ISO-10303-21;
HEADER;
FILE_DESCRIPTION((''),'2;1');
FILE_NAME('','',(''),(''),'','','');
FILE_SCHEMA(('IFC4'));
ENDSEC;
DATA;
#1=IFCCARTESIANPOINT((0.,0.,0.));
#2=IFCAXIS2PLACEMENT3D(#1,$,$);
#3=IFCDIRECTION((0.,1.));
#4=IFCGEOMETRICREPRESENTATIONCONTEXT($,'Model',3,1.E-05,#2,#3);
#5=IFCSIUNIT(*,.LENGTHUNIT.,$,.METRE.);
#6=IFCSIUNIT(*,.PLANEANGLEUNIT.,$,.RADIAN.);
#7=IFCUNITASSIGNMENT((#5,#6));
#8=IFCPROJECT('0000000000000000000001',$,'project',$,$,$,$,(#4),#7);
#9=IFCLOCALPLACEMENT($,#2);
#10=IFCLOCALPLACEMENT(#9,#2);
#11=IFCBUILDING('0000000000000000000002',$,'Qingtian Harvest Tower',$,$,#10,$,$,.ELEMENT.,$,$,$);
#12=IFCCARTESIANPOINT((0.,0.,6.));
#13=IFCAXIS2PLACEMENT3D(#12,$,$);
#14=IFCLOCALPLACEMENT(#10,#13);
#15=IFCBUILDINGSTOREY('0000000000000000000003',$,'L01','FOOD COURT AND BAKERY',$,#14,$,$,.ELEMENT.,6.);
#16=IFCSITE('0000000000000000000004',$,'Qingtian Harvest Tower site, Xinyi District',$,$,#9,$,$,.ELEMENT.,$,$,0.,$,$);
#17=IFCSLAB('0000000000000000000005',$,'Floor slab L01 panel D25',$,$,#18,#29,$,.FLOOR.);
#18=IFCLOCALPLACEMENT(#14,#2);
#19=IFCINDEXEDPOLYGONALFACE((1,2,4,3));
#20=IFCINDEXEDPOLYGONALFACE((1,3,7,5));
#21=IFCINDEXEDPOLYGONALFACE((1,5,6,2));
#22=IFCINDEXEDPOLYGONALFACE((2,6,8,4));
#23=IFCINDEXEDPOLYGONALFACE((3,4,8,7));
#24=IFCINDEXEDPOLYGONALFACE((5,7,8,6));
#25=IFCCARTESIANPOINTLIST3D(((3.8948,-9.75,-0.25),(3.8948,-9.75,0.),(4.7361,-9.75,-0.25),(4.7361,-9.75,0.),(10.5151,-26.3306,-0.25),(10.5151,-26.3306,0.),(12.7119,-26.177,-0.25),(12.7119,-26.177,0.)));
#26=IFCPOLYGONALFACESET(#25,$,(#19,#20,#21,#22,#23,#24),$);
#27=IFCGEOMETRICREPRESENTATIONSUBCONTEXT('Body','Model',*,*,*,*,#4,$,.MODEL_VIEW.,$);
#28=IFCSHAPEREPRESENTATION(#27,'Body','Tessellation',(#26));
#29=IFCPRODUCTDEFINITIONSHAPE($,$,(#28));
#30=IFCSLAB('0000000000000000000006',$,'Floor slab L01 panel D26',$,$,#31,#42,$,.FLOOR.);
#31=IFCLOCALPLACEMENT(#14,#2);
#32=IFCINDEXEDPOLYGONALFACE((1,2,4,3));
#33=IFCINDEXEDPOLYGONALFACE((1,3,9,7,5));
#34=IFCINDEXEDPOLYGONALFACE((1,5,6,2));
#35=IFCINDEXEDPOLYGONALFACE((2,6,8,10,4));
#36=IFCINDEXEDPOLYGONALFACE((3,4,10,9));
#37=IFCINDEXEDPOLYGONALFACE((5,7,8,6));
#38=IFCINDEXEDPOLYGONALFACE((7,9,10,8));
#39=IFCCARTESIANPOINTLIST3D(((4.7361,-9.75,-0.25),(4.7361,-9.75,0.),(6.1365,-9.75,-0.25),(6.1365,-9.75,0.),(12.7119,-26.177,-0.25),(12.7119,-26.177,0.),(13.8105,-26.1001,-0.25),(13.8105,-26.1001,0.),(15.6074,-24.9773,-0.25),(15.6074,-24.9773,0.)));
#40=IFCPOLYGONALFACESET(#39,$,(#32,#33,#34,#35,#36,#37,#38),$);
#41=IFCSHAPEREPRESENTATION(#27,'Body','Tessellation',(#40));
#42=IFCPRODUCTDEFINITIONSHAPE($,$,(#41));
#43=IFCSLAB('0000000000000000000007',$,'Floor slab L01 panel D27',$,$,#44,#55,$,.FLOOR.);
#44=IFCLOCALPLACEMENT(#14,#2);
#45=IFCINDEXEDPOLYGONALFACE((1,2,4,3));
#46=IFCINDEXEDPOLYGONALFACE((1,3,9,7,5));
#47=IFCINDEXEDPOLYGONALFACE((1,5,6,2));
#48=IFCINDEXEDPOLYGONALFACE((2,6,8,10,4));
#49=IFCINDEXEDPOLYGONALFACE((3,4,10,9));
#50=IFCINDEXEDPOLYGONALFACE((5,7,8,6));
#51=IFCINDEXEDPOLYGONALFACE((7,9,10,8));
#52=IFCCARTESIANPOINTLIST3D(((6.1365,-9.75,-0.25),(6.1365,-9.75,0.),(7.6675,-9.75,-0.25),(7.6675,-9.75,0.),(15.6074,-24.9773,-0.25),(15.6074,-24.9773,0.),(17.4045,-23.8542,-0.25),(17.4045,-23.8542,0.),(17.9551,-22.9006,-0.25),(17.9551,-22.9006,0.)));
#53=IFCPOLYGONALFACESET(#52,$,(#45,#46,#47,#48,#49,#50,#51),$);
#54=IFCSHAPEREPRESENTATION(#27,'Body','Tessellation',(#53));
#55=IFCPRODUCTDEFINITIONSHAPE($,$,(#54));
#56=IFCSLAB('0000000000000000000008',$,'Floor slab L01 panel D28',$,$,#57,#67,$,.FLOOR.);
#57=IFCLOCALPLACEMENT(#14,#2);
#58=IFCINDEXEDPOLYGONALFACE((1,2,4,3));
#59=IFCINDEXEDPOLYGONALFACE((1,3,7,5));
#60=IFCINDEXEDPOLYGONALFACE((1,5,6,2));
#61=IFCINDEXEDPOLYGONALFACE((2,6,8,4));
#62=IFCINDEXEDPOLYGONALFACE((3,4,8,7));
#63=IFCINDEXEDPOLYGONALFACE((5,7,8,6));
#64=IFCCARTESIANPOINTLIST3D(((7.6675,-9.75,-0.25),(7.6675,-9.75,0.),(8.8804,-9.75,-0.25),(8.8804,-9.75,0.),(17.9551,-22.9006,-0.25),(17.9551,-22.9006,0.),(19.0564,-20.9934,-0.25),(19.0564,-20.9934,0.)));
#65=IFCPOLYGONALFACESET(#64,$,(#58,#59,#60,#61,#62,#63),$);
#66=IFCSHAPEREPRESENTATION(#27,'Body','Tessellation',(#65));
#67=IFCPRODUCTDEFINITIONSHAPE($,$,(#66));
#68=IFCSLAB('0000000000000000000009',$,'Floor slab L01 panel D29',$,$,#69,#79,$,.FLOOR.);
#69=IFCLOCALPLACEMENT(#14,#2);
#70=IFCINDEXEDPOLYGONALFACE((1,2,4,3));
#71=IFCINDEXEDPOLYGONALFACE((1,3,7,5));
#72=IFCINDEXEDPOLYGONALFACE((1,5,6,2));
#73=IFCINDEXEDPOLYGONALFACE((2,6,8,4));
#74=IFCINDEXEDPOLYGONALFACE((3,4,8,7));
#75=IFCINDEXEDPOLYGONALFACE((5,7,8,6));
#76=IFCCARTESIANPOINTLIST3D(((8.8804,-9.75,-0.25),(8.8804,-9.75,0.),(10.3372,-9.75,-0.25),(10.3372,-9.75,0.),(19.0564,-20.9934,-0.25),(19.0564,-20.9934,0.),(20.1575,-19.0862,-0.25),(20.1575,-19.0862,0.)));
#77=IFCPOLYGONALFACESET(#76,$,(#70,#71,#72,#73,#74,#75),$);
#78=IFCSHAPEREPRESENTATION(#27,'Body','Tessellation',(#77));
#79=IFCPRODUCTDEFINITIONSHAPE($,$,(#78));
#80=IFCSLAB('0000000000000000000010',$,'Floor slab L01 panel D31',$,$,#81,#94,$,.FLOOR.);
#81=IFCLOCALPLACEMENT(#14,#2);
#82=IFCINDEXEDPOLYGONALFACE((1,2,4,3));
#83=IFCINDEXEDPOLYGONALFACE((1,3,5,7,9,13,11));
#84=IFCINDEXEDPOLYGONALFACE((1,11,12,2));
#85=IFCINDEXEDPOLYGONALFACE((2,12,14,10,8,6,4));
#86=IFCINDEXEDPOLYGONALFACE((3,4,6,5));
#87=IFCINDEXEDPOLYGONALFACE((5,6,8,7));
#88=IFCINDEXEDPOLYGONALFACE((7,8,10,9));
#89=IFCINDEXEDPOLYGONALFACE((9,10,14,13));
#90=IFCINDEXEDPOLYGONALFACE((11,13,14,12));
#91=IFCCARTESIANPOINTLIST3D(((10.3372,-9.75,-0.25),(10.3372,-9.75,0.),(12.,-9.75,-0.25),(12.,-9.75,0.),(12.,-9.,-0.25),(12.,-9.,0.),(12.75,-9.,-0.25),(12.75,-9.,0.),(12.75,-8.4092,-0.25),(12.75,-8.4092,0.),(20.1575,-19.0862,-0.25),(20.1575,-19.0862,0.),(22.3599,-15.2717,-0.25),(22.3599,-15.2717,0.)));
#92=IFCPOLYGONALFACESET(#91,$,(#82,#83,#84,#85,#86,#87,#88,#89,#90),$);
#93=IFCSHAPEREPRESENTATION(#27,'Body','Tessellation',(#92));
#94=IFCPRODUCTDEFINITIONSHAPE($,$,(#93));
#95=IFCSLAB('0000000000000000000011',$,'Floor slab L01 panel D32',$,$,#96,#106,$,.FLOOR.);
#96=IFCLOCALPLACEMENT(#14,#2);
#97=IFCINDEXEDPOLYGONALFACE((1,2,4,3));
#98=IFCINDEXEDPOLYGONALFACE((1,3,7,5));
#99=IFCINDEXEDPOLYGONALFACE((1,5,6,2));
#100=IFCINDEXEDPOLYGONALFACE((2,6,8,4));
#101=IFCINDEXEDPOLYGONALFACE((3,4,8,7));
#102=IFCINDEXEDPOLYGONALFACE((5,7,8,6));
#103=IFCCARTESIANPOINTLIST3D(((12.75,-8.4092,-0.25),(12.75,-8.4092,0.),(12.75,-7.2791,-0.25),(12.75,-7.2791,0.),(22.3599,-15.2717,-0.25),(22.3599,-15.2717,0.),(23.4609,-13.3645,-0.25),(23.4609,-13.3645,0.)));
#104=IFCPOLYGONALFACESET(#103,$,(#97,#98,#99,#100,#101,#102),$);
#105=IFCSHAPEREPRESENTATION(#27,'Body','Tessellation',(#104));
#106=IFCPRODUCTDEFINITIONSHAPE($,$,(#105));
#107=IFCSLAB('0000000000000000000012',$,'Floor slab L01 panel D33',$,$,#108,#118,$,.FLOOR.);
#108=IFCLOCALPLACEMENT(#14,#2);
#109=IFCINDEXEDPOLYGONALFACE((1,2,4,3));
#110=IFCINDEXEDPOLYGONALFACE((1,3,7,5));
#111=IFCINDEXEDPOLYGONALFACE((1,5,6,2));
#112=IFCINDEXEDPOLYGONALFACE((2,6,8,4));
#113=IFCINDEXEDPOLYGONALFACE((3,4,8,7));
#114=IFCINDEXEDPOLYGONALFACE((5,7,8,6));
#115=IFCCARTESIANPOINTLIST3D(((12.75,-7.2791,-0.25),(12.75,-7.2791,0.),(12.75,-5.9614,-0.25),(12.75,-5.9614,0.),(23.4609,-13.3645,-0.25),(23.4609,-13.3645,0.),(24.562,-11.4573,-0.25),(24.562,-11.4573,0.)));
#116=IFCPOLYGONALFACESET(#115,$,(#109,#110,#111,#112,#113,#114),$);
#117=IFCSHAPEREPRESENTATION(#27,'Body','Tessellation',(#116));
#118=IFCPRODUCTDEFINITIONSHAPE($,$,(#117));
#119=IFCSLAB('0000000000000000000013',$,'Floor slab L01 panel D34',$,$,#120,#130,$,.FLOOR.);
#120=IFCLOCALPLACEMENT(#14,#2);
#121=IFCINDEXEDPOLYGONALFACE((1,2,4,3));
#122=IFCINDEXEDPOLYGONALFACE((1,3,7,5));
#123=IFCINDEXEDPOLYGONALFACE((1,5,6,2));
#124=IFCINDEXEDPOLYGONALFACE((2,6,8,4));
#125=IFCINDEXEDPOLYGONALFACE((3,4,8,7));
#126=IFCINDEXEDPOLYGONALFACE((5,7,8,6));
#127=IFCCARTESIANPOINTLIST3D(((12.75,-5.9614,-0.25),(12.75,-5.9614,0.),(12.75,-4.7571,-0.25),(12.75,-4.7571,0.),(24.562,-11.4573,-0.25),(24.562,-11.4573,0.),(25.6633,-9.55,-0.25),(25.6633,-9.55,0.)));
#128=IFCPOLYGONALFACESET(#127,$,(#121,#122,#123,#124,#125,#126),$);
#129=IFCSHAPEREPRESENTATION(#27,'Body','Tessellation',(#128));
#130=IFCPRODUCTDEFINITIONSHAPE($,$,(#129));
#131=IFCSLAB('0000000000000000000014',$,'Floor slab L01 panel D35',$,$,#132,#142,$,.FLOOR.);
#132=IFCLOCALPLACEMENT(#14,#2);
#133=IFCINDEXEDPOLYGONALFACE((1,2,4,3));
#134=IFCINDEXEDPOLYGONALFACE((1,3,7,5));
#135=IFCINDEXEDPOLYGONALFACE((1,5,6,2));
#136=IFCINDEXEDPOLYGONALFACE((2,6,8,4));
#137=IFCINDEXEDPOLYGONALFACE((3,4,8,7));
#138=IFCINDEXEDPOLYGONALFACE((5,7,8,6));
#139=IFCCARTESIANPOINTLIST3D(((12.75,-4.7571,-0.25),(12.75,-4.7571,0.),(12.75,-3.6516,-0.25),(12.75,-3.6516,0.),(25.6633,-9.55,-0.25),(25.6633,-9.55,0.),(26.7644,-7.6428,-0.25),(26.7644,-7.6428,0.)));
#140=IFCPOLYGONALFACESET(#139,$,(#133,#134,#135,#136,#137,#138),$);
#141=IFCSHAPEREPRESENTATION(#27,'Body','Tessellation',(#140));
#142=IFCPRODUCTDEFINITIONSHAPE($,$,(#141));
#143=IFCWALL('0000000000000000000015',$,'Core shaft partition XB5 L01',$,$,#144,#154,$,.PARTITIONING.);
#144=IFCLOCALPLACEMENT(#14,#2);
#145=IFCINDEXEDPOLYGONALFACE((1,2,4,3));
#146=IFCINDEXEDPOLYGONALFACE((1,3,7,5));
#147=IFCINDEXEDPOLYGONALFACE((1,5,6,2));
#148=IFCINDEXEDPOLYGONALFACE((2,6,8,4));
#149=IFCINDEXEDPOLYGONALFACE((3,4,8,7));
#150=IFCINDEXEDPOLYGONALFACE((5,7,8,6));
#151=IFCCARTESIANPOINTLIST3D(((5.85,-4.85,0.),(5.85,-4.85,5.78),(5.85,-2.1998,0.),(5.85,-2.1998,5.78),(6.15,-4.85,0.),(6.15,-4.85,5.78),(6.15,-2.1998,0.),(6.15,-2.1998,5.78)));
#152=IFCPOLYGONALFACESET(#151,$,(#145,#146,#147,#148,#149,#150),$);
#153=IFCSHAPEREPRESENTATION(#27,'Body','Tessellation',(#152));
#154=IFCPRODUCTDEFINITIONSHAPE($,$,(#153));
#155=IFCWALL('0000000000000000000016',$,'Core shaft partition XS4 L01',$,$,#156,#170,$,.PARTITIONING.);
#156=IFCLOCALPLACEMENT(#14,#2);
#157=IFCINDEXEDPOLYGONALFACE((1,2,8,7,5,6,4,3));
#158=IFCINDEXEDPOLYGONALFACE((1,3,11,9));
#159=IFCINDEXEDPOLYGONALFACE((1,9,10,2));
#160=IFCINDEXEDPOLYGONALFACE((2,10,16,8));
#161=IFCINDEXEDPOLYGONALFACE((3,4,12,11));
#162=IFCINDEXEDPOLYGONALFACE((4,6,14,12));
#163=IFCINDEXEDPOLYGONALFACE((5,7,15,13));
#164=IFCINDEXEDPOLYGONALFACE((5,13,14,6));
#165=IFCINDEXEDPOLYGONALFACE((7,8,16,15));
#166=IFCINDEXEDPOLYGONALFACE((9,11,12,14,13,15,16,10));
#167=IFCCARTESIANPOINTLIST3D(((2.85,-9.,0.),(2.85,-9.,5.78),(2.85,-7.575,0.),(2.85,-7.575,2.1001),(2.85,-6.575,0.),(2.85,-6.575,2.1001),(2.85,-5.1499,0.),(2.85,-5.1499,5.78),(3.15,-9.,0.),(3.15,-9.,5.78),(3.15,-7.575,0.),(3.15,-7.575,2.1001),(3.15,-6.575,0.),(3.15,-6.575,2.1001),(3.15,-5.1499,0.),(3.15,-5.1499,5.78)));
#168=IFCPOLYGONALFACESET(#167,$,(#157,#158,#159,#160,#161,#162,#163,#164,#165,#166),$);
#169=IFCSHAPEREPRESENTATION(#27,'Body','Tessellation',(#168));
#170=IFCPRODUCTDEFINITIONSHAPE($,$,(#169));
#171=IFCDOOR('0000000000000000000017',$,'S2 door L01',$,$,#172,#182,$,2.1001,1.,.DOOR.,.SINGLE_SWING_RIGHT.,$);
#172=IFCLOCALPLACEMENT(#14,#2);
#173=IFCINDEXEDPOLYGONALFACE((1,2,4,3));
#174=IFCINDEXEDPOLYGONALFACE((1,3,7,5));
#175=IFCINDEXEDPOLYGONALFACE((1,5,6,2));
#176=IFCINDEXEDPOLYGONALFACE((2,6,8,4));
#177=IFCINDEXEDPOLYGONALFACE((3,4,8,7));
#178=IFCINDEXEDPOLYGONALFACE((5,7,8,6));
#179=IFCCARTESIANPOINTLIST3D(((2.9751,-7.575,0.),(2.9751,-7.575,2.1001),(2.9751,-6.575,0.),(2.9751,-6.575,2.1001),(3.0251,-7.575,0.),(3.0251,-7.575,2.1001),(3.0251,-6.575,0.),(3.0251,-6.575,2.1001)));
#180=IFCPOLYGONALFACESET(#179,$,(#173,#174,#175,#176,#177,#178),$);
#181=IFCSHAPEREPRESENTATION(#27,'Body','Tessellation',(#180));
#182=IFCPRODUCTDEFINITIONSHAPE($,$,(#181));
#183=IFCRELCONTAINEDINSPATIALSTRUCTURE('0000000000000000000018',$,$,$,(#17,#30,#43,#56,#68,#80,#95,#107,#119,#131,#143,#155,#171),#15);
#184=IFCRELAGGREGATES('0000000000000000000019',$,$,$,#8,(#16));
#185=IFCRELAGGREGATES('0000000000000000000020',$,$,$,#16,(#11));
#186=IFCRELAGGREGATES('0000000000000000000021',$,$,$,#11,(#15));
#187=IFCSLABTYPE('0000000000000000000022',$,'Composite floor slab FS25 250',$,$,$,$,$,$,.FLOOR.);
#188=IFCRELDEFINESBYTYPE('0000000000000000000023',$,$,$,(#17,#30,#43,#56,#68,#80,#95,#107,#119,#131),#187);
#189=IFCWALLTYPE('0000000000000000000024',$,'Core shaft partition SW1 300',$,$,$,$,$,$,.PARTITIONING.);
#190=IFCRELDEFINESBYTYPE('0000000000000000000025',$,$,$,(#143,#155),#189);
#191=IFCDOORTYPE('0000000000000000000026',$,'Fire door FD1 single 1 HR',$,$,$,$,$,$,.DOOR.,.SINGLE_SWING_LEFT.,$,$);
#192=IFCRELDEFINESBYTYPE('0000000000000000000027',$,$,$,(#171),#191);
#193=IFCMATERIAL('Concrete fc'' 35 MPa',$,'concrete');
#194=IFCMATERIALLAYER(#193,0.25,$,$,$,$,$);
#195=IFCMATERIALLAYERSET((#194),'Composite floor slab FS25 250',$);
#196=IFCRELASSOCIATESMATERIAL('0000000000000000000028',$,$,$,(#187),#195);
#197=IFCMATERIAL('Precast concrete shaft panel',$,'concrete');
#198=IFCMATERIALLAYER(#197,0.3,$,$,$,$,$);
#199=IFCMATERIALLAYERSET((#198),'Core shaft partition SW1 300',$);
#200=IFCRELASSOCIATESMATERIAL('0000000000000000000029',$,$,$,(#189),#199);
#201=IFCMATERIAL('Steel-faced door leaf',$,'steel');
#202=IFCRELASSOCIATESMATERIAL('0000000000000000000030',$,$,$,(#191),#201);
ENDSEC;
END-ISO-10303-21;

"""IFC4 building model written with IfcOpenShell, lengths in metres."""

from ifc_helpers import new_model, si_unit, direction, frame, frame_2d, origin, place, context, subcontext, project, spatial, polyline, rectangle, outline, extrude, material, layer, layer_set, type_object, element, fill, save


model = new_model("IFC4")

# Units and contexts
model_context = context("Model", 3, precision=1e-05, world=origin(), true_north=direction((0.0, 1.0)))
body_context = subcontext(model_context, "Body", "Model", "MODEL_VIEW")
ifc_project = project(units=[si_unit("LENGTHUNIT", "METRE"), si_unit("PLANEANGLEUNIT", "RADIAN")], contexts=[model_context])

# Site, building, storey
site_placement = place(None, origin())
site = spatial("IfcSite", under=ifc_project, at=site_placement, Name="Qingtian Harvest Tower site, Xinyi District", CompositionType="ELEMENT", RefElevation=0.0)
building_placement = place(site_placement, origin())
building = spatial("IfcBuilding", under=site, at=building_placement, Name="Qingtian Harvest Tower", CompositionType="ELEMENT")
storey_placement = place(building_placement, frame((0.0, 0.0, 6.0)))
storey = spatial("IfcBuildingStorey", under=building, at=storey_placement, Name="L01", Description="FOOD COURT AND BAKERY", CompositionType="ELEMENT", Elevation=6.0)

# Slabs
ifc_material_1 = material(Name="Concrete fc' 35 MPa", Category="concrete")
ifc_layer_1 = layer(ifc_material_1, 0.25)
ifc_layer_set_1 = layer_set([ifc_layer_1], Name="Composite floor slab FS25 250")
slab_type = type_object("IfcSlabType", Name="Composite floor slab FS25 250", PredefinedType="FLOOR", material=ifc_layer_set_1)
slab_1_placement = place(storey_placement, frame((0.0, 0.0, -0.25)))
element("IfcSlab", 1, at=slab_1_placement, inside=storey, type_object=slab_type, Name="Floor slab L01 panel D25", PredefinedType="FLOOR", context=body_context, shape_type="SweptSolid", body=[
    extrude(outline(polyline([(4.7361, -9.75), (12.7119, -26.177), (10.5151, -26.3306), (3.8948, -9.75), (4.7361, -9.75)])), origin(), (0.0, 0.0, 1.0), 0.25),
])
slab_2_placement = place(storey_placement, frame((0.0, 0.0, -0.25)))
element("IfcSlab", 2, at=slab_2_placement, inside=storey, type_object=slab_type, Name="Floor slab L01 panel D26", PredefinedType="FLOOR", context=body_context, shape_type="SweptSolid", body=[
    extrude(outline(polyline([(4.7361, -9.75), (6.1365, -9.75), (15.6074, -24.9773), (13.8105, -26.1001), (12.7119, -26.177), (4.7361, -9.75)])), origin(), (0.0, 0.0, 1.0), 0.25),
])
slab_3_placement = place(storey_placement, frame((0.0, 0.0, -0.25)))
element("IfcSlab", 3, at=slab_3_placement, inside=storey, type_object=slab_type, Name="Floor slab L01 panel D27", PredefinedType="FLOOR", context=body_context, shape_type="SweptSolid", body=[
    extrude(outline(polyline([(6.1365, -9.75), (7.6675, -9.75), (17.9551, -22.9006), (17.4045, -23.8542), (15.6074, -24.9773), (6.1365, -9.75)])), origin(), (0.0, 0.0, 1.0), 0.25),
])
slab_4_placement = place(storey_placement, frame((0.0, 0.0, -0.25)))
element("IfcSlab", 4, at=slab_4_placement, inside=storey, type_object=slab_type, Name="Floor slab L01 panel D28", PredefinedType="FLOOR", context=body_context, shape_type="SweptSolid", body=[
    extrude(outline(polyline([(8.8804, -9.75), (19.0564, -20.9934), (17.9551, -22.9006), (7.6675, -9.75), (8.8804, -9.75)])), origin(), (0.0, 0.0, 1.0), 0.25),
])
slab_5_placement = place(storey_placement, frame((0.0, 0.0, -0.25)))
element("IfcSlab", 5, at=slab_5_placement, inside=storey, type_object=slab_type, Name="Floor slab L01 panel D29", PredefinedType="FLOOR", context=body_context, shape_type="SweptSolid", body=[
    extrude(outline(polyline([(10.3372, -9.75), (20.1575, -19.0862), (19.0564, -20.9934), (8.8804, -9.75), (10.3372, -9.75)])), origin(), (0.0, 0.0, 1.0), 0.25),
])
slab_6_placement = place(storey_placement, frame((0.0, 0.0, -0.25)))
element("IfcSlab", 6, at=slab_6_placement, inside=storey, type_object=slab_type, Name="Floor slab L01 panel D31", PredefinedType="FLOOR", context=body_context, shape_type="SweptSolid", body=[
    extrude(outline(polyline([(12.75, -8.4092), (22.3599, -15.2717), (20.1575, -19.0862), (10.3372, -9.75), (12.0, -9.75), (12.0, -9.0), (12.75, -9.0), (12.75, -8.4092)])), origin(), (0.0, 0.0, 1.0), 0.25),
])
slab_7_placement = place(storey_placement, frame((0.0, 0.0, -0.25)))
element("IfcSlab", 7, at=slab_7_placement, inside=storey, type_object=slab_type, Name="Floor slab L01 panel D32", PredefinedType="FLOOR", context=body_context, shape_type="SweptSolid", body=[
    extrude(outline(polyline([(12.75, -7.2791), (23.4609, -13.3645), (22.3599, -15.2717), (12.75, -8.4092), (12.75, -7.2791)])), origin(), (0.0, 0.0, 1.0), 0.25),
])
slab_8_placement = place(storey_placement, frame((0.0, 0.0, -0.25)))
element("IfcSlab", 8, at=slab_8_placement, inside=storey, type_object=slab_type, Name="Floor slab L01 panel D33", PredefinedType="FLOOR", context=body_context, shape_type="SweptSolid", body=[
    extrude(outline(polyline([(12.75, -5.9614), (24.562, -11.4573), (23.4609, -13.3645), (12.75, -7.2791), (12.75, -5.9614)])), origin(), (0.0, 0.0, 1.0), 0.25),
])
slab_9_placement = place(storey_placement, frame((0.0, 0.0, -0.25)))
element("IfcSlab", 9, at=slab_9_placement, inside=storey, type_object=slab_type, Name="Floor slab L01 panel D34", PredefinedType="FLOOR", context=body_context, shape_type="SweptSolid", body=[
    extrude(outline(polyline([(12.75, -4.7571), (25.6633, -9.55), (24.562, -11.4573), (12.75, -5.9614), (12.75, -4.7571)])), origin(), (0.0, 0.0, 1.0), 0.25),
])
slab_10_placement = place(storey_placement, frame((0.0, 0.0, -0.25)))
element("IfcSlab", 10, at=slab_10_placement, inside=storey, type_object=slab_type, Name="Floor slab L01 panel D35", PredefinedType="FLOOR", context=body_context, shape_type="SweptSolid", body=[
    extrude(outline(polyline([(12.75, -3.6516), (26.7644, -7.6428), (25.6633, -9.55), (12.75, -4.7571), (12.75, -3.6516)])), origin(), (0.0, 0.0, 1.0), 0.25),
])

# Wall
ifc_material_2 = material(Name="Precast concrete shaft panel", Category="concrete")
ifc_layer_2 = layer(ifc_material_2, 0.3)
ifc_layer_set_2 = layer_set([ifc_layer_2], Name="Core shaft partition SW1 300")
wall_type_1 = type_object("IfcWallType", Name="Core shaft partition SW1 300", PredefinedType="PARTITIONING", material=ifc_layer_set_2)
wall_1_placement = place(storey_placement, frame((6.0, -4.8501, 0.0), z_axis=(0.0, 0.0, 1.0), x_axis=(0.0, 1.0, 0.0)))
element("IfcWall", 11, at=wall_1_placement, inside=storey, type_object=wall_type_1, Name="Core shaft partition XB5 L01", PredefinedType="PARTITIONING", context=body_context, shape_type="SweptSolid", body=[
    extrude(rectangle(XDim=2.6501, YDim=0.3, at=frame_2d((1.3252, 0.0))), origin(), (0.0, 0.0, 1.0), 5.78),
])

# Wall, opening, door
wall_2_placement = place(storey_placement, frame((3.0, -9.0, 0.0), z_axis=(0.0, 0.0, 1.0), x_axis=(0.0, 1.0, 0.0)))
wall_2 = element("IfcWall", 12, at=wall_2_placement, inside=storey, type_object=wall_type_1, Name="Core shaft partition XS4 L01", PredefinedType="PARTITIONING", context=body_context, shape_type="SweptSolid", body=[
    extrude(rectangle(XDim=3.8501, YDim=0.3, at=frame_2d((1.925, 0.0))), origin(), (0.0, 0.0, 1.0), 5.78),
])
opening_1_placement = place(wall_2_placement, frame((1.425, 0.0, 0.0)))
opening_1 = element("IfcOpeningElement", 13, at=opening_1_placement, cuts=wall_2, PredefinedType="OPENING", context=body_context, shape_type="SweptSolid", body=[
    extrude(rectangle(XDim=1.0, YDim=2.1001, at=frame_2d((0.5, 1.05))), frame((0.0, 0.1599, 0.0), z_axis=(0.0, -1.0, 0.0), x_axis=(1.0, 0.0, 0.0)), (0.0, 0.0, 1.0), 0.3201),
])
ifc_material_3 = material(Name="Steel-faced door leaf", Category="steel")
door_type_1 = type_object("IfcDoorType", Name="Fire door FD1 single 1 HR", OperationType="SINGLE_SWING_LEFT", PredefinedType="DOOR", material=ifc_material_3)
door_1_placement = place(opening_1_placement, origin())
door_1 = element("IfcDoor", 14, at=door_1_placement, inside=storey, type_object=door_type_1, Name="S2 door L01", OperationType="SINGLE_SWING_RIGHT", OverallHeight=2.1001, OverallWidth=1.0, PredefinedType="DOOR", context=body_context, shape_type="SweptSolid", body=[
    extrude(rectangle(XDim=1.0, YDim=2.1001, at=frame_2d((0.5, 1.05))), frame((0.0, 0.0249, 0.0), z_axis=(0.0, -1.0, 0.0), x_axis=(1.0, 0.0, 0.0)), (0.0, 0.0, 1.0), 0.05),
])
fill(opening_1, door_1)

save(model, "model.ifc")
